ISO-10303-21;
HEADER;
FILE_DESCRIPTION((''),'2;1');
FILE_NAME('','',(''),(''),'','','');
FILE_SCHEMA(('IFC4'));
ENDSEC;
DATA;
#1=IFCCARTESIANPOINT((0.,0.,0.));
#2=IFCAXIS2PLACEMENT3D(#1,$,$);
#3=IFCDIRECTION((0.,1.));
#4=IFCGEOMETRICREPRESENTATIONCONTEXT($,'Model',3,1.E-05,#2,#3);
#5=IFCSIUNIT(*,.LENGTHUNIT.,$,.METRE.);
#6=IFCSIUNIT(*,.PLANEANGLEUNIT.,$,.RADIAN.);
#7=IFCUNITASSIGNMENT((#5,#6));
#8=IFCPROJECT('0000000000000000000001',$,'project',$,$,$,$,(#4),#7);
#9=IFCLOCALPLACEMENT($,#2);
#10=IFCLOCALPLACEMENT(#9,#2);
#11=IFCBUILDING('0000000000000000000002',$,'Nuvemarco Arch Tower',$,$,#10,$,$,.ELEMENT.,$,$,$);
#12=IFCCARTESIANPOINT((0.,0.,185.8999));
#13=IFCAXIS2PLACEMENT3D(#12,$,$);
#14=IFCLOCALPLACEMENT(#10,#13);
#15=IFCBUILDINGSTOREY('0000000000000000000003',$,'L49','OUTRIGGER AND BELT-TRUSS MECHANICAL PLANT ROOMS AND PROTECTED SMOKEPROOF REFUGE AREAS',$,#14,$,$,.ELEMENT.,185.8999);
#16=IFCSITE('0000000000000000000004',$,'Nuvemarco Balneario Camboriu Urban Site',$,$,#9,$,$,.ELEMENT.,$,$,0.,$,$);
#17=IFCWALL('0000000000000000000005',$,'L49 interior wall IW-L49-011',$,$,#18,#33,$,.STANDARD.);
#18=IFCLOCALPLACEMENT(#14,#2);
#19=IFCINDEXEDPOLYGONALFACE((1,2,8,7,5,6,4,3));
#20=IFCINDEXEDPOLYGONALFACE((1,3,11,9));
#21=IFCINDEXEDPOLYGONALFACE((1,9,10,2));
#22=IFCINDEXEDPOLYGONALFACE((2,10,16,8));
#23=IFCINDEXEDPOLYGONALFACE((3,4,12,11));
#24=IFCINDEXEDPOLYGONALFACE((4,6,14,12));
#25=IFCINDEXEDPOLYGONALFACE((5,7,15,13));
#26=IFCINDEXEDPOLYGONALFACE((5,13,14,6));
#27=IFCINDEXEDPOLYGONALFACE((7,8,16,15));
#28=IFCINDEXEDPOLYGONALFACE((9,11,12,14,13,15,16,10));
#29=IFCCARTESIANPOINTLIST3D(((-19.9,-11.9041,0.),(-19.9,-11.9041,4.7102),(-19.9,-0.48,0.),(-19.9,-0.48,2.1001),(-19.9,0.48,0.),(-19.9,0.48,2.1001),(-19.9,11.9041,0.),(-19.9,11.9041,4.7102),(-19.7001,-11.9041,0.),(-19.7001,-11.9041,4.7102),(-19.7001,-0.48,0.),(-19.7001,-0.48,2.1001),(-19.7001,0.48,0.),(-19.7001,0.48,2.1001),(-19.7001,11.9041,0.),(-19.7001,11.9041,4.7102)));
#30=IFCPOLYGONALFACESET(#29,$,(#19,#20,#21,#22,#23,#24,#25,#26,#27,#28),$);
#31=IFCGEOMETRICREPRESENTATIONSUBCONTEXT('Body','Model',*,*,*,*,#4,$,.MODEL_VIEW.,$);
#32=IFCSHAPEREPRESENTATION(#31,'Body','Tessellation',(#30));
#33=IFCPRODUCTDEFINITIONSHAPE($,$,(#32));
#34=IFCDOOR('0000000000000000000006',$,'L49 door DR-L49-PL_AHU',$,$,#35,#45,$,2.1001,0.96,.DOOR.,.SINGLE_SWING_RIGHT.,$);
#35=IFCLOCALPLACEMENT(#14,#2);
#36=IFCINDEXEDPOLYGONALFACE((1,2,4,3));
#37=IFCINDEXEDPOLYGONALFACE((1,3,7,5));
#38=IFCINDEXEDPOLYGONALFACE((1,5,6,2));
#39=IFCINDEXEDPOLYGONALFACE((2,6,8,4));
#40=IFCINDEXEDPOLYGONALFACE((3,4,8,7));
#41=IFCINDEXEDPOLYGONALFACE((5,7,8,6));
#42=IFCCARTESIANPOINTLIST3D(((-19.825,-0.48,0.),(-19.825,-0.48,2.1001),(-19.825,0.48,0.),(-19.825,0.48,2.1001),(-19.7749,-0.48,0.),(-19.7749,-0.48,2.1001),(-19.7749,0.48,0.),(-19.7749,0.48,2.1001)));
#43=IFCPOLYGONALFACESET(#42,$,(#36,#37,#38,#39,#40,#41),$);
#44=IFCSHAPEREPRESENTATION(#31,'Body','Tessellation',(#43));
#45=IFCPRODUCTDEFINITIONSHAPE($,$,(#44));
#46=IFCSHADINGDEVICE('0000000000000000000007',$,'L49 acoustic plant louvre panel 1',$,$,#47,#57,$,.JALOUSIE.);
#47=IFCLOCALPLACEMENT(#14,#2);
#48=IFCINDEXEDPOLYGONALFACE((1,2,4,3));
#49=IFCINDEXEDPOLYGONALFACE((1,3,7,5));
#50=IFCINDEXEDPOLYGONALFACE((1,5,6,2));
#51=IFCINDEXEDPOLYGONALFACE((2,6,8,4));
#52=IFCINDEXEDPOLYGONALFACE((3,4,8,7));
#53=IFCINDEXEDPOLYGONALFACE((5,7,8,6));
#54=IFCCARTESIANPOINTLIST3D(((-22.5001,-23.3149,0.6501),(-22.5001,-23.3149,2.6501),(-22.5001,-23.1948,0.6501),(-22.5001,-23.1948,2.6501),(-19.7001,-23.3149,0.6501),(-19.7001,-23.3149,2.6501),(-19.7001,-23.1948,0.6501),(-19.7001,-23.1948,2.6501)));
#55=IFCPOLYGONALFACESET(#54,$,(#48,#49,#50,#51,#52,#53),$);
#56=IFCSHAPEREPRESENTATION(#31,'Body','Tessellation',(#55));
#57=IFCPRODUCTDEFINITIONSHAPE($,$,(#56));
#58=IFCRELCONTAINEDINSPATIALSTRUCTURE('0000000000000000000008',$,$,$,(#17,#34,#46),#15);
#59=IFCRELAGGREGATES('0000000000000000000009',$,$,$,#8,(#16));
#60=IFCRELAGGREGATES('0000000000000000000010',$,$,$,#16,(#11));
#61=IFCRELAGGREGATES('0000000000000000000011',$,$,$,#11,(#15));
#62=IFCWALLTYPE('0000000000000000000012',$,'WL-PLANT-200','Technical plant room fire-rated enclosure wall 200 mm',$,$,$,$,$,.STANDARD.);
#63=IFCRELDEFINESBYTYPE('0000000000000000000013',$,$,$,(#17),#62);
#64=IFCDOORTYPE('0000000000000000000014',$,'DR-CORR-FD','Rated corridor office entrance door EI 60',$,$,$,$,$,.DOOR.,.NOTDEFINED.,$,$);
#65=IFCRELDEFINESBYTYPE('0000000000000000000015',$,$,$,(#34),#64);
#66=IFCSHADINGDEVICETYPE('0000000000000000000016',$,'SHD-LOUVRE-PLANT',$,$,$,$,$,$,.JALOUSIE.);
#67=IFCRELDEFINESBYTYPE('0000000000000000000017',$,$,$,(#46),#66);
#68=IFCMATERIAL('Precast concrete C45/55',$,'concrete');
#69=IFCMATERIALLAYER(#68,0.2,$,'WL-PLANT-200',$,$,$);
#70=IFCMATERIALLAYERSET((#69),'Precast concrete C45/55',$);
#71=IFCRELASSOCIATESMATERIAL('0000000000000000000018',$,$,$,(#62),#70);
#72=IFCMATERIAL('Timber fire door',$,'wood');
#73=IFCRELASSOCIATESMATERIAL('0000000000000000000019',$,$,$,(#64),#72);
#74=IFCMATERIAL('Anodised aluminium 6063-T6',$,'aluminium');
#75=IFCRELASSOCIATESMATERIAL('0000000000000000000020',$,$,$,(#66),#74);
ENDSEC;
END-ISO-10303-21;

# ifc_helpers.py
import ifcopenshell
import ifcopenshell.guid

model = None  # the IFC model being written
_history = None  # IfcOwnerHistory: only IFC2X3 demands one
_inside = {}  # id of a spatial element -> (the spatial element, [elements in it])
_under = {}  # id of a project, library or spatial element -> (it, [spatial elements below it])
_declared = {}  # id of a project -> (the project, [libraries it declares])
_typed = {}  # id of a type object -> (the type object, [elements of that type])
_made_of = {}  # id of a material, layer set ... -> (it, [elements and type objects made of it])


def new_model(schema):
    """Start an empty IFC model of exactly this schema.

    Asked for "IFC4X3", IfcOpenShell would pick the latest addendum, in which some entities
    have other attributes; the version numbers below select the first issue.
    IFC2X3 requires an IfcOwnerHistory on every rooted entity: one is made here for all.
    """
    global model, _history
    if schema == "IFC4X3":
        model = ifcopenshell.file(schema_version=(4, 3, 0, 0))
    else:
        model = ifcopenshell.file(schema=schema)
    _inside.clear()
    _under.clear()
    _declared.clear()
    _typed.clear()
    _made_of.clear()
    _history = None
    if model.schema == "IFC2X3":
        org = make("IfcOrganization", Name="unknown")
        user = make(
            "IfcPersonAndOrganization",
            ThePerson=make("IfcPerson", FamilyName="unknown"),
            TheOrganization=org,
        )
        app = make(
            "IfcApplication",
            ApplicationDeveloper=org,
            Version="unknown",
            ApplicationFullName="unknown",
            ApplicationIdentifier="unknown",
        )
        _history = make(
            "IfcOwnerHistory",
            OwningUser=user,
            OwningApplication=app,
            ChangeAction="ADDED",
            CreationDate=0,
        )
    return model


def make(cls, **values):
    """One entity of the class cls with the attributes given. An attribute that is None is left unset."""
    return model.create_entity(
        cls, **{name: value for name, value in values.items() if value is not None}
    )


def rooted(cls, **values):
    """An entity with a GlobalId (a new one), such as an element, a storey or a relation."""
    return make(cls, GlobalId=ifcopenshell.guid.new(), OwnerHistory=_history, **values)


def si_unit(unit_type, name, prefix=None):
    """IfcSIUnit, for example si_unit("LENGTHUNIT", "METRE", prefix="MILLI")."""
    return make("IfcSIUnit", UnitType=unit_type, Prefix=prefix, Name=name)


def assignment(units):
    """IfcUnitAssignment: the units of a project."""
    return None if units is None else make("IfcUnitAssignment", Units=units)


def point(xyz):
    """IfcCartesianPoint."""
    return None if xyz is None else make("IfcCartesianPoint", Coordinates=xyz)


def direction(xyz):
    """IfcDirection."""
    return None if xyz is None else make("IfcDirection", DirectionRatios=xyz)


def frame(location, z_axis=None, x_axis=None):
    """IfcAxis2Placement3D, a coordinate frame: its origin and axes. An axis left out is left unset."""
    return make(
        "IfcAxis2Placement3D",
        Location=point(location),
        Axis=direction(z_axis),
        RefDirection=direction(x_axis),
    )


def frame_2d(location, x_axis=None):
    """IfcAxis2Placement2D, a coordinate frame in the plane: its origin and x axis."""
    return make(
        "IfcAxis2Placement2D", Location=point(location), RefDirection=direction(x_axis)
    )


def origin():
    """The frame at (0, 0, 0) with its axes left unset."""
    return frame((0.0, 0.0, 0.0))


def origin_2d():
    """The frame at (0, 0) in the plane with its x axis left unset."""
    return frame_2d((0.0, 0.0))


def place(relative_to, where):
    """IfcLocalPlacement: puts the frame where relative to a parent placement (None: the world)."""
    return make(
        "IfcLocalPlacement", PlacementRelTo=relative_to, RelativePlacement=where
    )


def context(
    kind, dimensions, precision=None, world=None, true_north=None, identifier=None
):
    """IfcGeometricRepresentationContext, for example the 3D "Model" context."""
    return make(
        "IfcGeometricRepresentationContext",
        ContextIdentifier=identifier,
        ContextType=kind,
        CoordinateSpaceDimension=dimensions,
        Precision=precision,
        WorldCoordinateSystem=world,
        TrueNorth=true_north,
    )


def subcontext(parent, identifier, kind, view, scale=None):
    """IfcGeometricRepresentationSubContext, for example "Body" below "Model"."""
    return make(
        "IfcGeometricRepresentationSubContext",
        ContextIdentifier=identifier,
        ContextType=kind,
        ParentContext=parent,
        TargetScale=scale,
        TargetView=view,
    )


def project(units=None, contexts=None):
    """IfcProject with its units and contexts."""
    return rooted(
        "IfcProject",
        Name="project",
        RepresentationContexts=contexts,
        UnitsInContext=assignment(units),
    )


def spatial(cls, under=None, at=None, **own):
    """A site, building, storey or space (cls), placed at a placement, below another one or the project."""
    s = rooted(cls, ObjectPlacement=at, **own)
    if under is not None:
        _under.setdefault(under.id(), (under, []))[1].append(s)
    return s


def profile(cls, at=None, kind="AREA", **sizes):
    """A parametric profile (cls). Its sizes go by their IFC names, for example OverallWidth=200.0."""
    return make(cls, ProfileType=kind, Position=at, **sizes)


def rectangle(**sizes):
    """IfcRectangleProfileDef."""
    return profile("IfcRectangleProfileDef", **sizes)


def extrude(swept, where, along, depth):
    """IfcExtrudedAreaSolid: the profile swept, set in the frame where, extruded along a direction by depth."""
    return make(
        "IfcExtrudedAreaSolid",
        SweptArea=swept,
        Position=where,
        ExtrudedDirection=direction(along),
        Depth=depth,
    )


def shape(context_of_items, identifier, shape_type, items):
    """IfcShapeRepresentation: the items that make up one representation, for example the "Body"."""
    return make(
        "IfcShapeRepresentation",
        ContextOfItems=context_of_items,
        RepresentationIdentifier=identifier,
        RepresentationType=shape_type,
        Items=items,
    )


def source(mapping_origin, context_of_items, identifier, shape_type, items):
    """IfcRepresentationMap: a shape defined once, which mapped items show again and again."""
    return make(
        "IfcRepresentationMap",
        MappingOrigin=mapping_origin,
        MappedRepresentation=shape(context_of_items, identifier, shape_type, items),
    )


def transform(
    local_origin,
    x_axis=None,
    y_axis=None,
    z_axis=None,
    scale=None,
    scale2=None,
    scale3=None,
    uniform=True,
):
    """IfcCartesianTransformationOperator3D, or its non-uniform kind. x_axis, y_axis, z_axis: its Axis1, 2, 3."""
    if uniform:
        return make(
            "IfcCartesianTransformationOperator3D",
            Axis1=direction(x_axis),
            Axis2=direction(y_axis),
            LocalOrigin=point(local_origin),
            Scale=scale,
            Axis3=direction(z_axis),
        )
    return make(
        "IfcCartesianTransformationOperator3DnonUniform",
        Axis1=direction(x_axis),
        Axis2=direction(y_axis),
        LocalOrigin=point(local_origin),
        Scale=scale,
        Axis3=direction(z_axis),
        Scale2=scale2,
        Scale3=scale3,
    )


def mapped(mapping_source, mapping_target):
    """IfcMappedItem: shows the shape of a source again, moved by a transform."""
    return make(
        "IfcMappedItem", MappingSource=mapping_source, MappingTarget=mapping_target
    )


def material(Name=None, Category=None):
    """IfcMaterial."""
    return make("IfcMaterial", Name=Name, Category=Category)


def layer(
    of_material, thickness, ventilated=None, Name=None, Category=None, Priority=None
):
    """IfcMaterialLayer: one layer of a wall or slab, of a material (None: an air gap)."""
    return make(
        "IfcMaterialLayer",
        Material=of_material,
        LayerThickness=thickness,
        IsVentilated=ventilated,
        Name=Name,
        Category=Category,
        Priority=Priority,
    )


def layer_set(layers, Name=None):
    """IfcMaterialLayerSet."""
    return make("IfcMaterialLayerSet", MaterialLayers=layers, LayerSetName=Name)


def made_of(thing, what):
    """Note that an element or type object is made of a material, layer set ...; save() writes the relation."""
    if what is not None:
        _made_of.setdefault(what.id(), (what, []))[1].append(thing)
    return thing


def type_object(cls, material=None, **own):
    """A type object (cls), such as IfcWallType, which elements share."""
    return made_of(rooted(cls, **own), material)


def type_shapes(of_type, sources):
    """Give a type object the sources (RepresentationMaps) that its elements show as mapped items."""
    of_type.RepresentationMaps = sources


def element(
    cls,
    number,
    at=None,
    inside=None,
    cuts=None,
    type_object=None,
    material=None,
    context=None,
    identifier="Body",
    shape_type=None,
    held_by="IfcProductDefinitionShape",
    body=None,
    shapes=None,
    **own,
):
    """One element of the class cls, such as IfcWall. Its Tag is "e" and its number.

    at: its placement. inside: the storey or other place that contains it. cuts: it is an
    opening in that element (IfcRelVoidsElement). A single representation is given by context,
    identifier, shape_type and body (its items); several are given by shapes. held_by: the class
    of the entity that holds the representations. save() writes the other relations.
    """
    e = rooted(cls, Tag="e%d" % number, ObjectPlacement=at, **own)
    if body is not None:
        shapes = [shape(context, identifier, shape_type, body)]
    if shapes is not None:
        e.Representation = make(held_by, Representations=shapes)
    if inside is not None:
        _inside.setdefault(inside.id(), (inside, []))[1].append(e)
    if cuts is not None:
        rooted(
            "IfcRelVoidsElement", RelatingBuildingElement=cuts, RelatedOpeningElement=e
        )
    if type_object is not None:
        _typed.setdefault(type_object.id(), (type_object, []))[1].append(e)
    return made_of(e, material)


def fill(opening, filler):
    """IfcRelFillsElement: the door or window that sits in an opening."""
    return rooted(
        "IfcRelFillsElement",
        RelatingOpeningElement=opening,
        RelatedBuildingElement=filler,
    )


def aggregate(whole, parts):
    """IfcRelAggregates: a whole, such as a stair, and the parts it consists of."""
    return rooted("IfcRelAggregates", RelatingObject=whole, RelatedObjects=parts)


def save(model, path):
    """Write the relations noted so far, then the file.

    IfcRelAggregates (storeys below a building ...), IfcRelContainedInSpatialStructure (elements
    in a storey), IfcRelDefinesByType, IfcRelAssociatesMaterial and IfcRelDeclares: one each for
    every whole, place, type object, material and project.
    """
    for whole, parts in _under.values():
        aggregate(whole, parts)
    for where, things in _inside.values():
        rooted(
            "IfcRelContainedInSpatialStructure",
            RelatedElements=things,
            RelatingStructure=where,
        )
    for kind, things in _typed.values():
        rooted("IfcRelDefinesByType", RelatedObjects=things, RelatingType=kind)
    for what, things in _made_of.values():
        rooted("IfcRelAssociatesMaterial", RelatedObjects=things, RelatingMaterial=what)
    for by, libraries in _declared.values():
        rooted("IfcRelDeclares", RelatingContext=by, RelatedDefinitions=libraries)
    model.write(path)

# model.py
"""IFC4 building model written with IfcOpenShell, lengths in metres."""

from ifc_helpers import new_model, si_unit, direction, frame, frame_2d, origin, origin_2d, place, context, subcontext, project, spatial, rectangle, extrude, source, transform, mapped, material, layer, layer_set, type_object, type_shapes, element, fill, save


model = new_model("IFC4")

# Units and contexts
model_context = context("Model", 3, precision=1e-05, world=origin(), true_north=direction((0.0, 1.0)))
body_context = subcontext(model_context, "Body", "Model", "MODEL_VIEW")
ifc_project = project(units=[si_unit("LENGTHUNIT", "METRE"), si_unit("PLANEANGLEUNIT", "RADIAN")], contexts=[model_context])

# Site, building, storey
site_placement = place(None, origin())
site = spatial("IfcSite", under=ifc_project, at=site_placement, Name="Nuvemarco Balneario Camboriu Urban Site", CompositionType="ELEMENT", RefElevation=0.0)
building_placement = place(site_placement, origin())
building = spatial("IfcBuilding", under=site, at=building_placement, Name="Nuvemarco Arch Tower", CompositionType="ELEMENT")
storey_placement = place(building_placement, frame((0.0, 0.0, 185.8999)))
storey = spatial("IfcBuildingStorey", under=building, at=storey_placement, Name="L49", Description="OUTRIGGER AND BELT-TRUSS MECHANICAL PLANT ROOMS AND PROTECTED SMOKEPROOF REFUGE AREAS", CompositionType="ELEMENT", Elevation=185.8999)

# Shared definitions
ifc_material_1 = material(Name="Precast concrete C45/55", Category="concrete")

# Shared definitions
ifc_layer_1 = layer(ifc_material_1, 0.2, Name="WL-PLANT-200")
ifc_layer_set_1 = layer_set([ifc_layer_1], Name="Precast concrete C45/55")
wall_type_1 = type_object("IfcWallType", Name="WL-PLANT-200", Description="Technical plant room fire-rated enclosure wall 200 mm", PredefinedType="STANDARD", material=ifc_layer_set_1)
ifc_material_2 = material(Name="Timber fire door", Category="wood")
door_type_1 = type_object("IfcDoorType", Name="DR-CORR-FD", Description="Rated corridor office entrance door EI 60", OperationType="NOTDEFINED", PredefinedType="DOOR", material=ifc_material_2)
shared_shape_1 = source(origin(), body_context, "Body", "SweptSolid", [
    extrude(rectangle(XDim=0.96, YDim=2.1001, at=frame_2d((0.48, 1.05))), frame((0.0, 0.0249, 0.0), z_axis=(0.0, -1.0, 0.0), x_axis=(1.0, 0.0, 0.0)), (0.0, 0.0, 1.0), 0.05),
])
type_shapes(door_type_1, [shared_shape_1])

# Wall, opening, door
wall_1_placement = place(storey_placement, frame((-19.8, -11.9041, 0.0), z_axis=(0.0, 0.0, 1.0), x_axis=(0.0, 1.0, 0.0)))
wall_1 = element("IfcWall", 1, at=wall_1_placement, inside=storey, type_object=wall_type_1, Name="L49 interior wall IW-L49-011", PredefinedType="STANDARD", context=body_context, shape_type="SweptSolid", body=[
    extrude(rectangle(XDim=23.8081, YDim=0.2, at=frame_2d((11.9041, 0.0))), origin(), (0.0, 0.0, 1.0), 4.7102),
])
opening_1_placement = place(wall_1_placement, frame((11.4241, 0.0, 0.0)))
opening_1 = element("IfcOpeningElement", 2, at=opening_1_placement, cuts=wall_1, PredefinedType="OPENING", context=body_context, shape_type="SweptSolid", body=[
    extrude(rectangle(XDim=0.96, YDim=2.1001, at=frame_2d((0.48, 1.05))), frame((0.0, 0.1099, 0.0), z_axis=(0.0, -1.0, 0.0), x_axis=(1.0, 0.0, 0.0)), (0.0, 0.0, 1.0), 0.22),
])
door_1_placement = place(opening_1_placement, origin())
door_1 = element("IfcDoor", 3, at=door_1_placement, inside=storey, type_object=door_type_1, Name="L49 door DR-L49-PL_AHU", OperationType="SINGLE_SWING_RIGHT", OverallHeight=2.1001, OverallWidth=0.96, PredefinedType="DOOR", context=body_context, shape_type="MappedRepresentation", body=[
    mapped(shared_shape_1, transform((0.0, 0.0, 0.0), scale=1.0)),
])
fill(opening_1, door_1)

# Shading device
ifc_material_3 = material(Name="Anodised aluminium 6063-T6", Category="aluminium")
shading_device_type = type_object("IfcShadingDeviceType", Name="SHD-LOUVRE-PLANT", PredefinedType="JALOUSIE", material=ifc_material_3)
shared_shape_2 = source(origin(), body_context, "Body", "SweptSolid", [
    extrude(rectangle(XDim=2.8, YDim=0.1201, at=origin_2d()), origin(), (0.0, 0.0, 1.0), 2.0),
])
type_shapes(shading_device_type, [shared_shape_2])
shading_device_placement = place(storey_placement, frame((-21.1001, -23.2549, 0.6501), z_axis=(0.0, 0.0, 1.0), x_axis=(1.0, 0.0, 0.0)))
element("IfcShadingDevice", 4, at=shading_device_placement, inside=storey, type_object=shading_device_type, Name="L49 acoustic plant louvre panel 1", PredefinedType="JALOUSIE", context=body_context, shape_type="MappedRepresentation", body=[
    mapped(shared_shape_2, transform((0.0, 0.0, 0.0), scale=1.0)),
])

save(model, "model.ifc")
